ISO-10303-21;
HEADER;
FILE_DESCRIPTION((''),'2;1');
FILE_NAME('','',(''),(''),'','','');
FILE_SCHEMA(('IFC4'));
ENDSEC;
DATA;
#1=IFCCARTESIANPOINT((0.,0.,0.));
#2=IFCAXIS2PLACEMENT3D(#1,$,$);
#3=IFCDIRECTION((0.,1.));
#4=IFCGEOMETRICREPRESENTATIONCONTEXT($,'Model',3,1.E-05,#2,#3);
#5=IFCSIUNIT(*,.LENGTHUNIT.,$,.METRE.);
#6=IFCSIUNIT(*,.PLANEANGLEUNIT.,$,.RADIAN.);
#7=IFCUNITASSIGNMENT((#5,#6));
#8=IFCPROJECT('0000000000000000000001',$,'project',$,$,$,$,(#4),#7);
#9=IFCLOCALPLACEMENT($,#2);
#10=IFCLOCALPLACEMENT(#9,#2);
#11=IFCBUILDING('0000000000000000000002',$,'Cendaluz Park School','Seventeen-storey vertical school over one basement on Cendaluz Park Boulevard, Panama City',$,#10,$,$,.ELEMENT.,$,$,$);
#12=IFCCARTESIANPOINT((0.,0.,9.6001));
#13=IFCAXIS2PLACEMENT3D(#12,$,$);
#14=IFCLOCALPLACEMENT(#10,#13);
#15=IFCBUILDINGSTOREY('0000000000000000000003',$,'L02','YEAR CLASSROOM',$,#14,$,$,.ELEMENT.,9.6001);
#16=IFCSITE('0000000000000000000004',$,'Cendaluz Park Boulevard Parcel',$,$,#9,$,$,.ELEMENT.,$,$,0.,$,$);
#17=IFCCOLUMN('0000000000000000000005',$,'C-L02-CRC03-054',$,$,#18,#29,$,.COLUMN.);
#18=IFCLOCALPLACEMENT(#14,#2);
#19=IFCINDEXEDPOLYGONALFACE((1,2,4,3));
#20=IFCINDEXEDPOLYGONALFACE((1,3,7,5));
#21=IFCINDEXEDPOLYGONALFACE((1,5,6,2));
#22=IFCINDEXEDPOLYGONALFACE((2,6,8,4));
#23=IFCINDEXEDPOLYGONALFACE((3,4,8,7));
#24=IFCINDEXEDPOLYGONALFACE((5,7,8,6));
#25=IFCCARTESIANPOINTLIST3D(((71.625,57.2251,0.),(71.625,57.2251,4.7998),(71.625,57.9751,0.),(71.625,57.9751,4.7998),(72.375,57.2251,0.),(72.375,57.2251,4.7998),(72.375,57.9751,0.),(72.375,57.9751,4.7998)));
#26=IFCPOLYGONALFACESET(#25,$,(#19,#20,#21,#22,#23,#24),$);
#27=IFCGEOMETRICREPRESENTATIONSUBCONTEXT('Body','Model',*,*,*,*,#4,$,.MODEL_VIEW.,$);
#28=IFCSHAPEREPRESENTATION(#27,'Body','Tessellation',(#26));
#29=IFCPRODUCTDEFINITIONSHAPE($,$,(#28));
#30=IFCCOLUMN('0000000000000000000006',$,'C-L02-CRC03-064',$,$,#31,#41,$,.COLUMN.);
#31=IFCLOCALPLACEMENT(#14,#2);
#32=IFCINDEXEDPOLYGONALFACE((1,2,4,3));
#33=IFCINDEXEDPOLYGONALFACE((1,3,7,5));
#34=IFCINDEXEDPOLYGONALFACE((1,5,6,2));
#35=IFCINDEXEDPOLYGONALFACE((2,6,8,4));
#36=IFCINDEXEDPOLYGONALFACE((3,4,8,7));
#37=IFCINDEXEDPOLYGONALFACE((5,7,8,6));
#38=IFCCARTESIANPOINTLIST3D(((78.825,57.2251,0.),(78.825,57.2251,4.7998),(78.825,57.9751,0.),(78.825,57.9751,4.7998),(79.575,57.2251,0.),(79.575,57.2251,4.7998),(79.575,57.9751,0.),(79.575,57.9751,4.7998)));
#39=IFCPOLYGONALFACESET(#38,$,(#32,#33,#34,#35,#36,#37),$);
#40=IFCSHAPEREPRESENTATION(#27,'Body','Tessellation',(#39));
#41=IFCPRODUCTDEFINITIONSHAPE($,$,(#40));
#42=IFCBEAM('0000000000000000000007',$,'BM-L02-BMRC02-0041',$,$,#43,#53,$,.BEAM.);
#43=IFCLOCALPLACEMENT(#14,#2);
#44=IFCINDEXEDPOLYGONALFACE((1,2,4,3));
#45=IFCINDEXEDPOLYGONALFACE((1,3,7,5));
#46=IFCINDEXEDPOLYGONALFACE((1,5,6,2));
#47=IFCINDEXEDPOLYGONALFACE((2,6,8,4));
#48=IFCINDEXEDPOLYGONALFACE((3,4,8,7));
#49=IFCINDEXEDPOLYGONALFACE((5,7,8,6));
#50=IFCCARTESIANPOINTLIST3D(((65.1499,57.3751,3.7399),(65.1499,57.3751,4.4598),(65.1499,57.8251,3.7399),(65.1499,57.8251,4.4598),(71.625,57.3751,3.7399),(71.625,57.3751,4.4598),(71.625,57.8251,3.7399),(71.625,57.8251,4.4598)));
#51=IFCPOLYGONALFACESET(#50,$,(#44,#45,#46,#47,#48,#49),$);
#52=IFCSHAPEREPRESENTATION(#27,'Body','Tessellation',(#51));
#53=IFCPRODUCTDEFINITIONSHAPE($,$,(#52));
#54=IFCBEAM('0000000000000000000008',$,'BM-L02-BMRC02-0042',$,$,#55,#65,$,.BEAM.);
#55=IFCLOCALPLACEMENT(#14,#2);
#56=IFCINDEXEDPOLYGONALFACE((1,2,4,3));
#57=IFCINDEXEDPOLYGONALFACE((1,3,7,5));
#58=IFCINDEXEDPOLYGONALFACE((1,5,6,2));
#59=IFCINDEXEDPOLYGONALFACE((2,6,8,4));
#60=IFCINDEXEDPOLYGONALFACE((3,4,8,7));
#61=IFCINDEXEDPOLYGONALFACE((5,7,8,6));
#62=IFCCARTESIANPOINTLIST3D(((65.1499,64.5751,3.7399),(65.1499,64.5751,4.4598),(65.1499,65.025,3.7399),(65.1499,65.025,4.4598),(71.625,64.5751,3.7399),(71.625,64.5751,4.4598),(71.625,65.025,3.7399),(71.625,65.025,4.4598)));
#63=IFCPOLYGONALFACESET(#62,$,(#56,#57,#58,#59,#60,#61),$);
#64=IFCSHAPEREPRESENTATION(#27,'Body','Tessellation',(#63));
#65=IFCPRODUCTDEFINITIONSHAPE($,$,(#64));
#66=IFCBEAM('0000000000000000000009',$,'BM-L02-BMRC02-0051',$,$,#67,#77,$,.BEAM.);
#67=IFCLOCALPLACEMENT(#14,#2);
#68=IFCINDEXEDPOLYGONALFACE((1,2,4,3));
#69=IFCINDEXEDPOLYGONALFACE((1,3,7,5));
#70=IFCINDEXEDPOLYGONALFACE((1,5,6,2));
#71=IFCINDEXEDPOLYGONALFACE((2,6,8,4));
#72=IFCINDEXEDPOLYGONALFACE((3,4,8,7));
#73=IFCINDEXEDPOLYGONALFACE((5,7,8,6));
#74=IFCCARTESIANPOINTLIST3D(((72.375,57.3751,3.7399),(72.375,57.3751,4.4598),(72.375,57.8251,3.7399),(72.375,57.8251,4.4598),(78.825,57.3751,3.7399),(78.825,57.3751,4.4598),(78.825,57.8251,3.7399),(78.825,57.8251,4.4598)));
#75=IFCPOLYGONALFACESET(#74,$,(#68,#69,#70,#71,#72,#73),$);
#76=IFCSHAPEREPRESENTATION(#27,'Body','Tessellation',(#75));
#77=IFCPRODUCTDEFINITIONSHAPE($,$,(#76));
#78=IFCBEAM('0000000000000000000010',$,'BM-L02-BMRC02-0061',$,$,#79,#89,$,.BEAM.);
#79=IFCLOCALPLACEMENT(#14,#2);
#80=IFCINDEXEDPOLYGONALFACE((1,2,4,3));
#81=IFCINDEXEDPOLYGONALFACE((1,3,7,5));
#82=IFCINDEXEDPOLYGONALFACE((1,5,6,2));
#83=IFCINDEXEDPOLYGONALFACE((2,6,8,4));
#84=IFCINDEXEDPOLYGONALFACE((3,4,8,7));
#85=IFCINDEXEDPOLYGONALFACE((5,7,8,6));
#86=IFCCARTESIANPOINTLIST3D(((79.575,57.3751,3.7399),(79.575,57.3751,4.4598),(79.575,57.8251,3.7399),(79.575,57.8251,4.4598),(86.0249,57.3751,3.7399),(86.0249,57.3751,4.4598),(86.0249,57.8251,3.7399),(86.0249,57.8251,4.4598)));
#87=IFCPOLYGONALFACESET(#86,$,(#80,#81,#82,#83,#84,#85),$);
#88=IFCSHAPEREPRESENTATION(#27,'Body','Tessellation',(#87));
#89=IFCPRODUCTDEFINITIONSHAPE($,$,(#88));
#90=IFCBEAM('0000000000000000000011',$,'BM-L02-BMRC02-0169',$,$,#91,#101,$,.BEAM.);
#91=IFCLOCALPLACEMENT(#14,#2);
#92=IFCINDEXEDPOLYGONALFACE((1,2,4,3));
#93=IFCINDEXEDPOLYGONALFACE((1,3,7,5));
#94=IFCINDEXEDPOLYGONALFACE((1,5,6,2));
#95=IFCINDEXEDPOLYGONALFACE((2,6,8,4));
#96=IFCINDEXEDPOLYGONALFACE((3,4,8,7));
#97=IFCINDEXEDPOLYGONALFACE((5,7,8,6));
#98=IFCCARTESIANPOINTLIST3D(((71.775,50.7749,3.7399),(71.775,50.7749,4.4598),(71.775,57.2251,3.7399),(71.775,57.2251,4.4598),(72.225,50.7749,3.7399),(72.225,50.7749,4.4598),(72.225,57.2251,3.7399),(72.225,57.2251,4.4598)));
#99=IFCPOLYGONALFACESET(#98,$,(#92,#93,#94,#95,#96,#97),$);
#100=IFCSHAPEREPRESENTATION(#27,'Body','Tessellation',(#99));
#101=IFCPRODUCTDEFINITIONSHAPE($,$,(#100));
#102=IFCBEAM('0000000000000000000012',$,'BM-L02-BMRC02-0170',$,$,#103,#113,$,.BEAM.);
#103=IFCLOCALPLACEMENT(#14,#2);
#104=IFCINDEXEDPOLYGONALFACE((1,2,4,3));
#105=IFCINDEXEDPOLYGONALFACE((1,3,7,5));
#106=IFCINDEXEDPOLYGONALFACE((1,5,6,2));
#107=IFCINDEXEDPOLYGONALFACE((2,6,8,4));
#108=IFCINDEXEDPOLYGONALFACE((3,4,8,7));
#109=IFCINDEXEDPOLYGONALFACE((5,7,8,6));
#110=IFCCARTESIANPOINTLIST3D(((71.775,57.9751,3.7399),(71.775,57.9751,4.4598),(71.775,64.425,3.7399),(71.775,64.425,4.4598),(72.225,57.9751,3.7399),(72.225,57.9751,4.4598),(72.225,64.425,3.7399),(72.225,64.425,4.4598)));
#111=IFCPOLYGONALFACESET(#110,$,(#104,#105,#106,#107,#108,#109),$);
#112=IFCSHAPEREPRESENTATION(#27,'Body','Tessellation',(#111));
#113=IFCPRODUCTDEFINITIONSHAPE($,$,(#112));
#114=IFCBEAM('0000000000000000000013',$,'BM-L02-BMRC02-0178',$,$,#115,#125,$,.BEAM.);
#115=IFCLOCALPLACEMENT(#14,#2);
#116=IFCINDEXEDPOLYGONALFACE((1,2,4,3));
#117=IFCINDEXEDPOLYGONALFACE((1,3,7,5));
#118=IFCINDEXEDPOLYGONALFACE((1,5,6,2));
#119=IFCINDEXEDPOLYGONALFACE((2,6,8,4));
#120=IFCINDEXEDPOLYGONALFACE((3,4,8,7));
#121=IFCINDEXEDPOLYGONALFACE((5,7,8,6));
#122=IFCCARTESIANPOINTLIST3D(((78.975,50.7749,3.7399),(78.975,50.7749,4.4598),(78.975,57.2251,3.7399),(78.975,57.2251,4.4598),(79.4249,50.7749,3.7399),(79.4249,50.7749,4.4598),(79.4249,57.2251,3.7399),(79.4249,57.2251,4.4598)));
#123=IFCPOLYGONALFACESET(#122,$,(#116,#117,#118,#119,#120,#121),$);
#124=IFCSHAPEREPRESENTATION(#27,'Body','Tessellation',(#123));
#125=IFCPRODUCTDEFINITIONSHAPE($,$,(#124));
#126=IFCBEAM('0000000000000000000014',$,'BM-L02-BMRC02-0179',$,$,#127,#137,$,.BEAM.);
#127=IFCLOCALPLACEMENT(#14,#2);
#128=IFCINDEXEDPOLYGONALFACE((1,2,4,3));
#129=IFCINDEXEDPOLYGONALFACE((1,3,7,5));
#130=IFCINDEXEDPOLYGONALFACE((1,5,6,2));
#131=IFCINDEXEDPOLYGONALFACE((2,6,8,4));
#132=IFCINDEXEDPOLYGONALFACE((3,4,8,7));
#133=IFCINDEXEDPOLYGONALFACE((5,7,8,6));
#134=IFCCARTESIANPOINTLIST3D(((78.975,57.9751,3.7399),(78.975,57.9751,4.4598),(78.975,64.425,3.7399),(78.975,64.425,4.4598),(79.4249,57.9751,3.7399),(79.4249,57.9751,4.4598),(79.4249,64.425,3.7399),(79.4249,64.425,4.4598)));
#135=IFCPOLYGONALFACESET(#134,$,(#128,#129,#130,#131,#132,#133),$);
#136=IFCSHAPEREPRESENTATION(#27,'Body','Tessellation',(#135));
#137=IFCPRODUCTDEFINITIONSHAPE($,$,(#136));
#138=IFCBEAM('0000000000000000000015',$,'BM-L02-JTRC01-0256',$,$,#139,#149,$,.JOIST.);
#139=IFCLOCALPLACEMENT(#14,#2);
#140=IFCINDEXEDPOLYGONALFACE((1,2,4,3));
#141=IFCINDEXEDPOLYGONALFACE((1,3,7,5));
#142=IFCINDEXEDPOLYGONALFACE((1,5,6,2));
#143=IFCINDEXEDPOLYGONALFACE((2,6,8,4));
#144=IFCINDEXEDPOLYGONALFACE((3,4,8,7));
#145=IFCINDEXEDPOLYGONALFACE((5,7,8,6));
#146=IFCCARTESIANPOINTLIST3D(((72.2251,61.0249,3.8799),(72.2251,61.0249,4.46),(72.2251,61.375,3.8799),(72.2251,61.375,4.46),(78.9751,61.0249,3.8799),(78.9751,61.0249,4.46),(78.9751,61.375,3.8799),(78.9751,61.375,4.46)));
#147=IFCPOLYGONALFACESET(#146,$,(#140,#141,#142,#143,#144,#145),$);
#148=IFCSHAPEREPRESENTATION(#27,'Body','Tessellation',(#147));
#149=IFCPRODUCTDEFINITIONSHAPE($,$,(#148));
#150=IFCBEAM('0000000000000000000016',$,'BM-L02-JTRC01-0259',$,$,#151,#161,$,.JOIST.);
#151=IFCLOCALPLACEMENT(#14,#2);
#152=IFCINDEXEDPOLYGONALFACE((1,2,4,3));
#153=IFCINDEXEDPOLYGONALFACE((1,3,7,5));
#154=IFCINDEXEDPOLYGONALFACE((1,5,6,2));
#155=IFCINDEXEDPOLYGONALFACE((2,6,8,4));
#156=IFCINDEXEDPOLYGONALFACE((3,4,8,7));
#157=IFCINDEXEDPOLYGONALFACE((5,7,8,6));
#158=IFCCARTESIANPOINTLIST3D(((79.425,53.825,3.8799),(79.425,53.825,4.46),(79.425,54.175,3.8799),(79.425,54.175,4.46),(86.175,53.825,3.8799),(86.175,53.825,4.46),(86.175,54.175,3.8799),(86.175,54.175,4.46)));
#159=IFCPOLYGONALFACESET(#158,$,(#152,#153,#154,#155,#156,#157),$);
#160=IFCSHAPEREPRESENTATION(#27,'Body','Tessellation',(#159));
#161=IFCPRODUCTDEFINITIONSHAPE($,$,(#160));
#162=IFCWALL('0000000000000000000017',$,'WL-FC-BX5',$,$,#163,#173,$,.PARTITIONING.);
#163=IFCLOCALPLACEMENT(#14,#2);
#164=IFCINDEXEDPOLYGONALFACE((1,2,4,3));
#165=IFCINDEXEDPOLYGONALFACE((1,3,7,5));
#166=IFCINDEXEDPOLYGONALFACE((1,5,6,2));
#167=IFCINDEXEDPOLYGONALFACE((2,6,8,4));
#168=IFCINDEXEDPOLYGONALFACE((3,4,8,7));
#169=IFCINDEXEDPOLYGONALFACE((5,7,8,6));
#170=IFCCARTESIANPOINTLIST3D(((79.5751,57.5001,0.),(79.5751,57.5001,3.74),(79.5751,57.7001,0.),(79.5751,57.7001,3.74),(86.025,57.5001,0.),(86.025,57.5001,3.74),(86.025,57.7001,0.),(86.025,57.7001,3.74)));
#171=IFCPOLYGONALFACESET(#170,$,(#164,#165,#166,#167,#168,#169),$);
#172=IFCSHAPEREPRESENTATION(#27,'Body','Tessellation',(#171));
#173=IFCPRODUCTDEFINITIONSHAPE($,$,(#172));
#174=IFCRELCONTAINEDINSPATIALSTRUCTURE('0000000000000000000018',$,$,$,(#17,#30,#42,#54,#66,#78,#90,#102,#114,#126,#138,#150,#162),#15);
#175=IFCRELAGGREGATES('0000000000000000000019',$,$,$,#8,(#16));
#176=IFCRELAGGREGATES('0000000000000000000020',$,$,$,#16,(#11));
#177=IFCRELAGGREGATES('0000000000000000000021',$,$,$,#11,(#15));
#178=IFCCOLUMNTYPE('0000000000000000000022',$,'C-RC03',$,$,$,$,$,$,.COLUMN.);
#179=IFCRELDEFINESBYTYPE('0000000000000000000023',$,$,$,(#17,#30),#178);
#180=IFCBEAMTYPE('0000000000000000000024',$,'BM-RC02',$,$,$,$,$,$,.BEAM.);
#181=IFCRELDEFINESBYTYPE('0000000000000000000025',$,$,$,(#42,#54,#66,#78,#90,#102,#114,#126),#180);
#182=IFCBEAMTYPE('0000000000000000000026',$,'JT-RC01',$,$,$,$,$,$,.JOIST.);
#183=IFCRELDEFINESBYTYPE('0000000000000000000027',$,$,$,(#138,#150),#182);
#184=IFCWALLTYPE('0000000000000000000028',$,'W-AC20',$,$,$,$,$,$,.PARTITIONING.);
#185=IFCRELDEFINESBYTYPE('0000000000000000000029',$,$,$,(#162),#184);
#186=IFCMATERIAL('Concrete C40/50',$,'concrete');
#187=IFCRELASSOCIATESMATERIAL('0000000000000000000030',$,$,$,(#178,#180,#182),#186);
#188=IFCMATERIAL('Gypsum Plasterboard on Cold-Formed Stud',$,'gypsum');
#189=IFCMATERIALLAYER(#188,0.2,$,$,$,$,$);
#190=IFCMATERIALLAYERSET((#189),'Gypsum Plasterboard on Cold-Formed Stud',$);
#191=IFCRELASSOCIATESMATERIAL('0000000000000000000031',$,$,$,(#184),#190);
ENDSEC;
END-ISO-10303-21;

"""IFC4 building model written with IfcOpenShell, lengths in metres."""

from ifc_helpers import new_model, si_unit, direction, frame, frame_2d, origin, origin_2d, place, context, subcontext, project, spatial, rectangle, extrude, material, layer, layer_set, material_profile, profile_set, type_object, element, save


model = new_model("IFC4")

# Units and contexts
model_context = context("Model", 3, precision=1e-05, world=origin(), true_north=direction((0.0, 1.0)))
body_context = subcontext(model_context, "Body", "Model", "MODEL_VIEW")
ifc_project = project(units=[si_unit("LENGTHUNIT", "METRE"), si_unit("PLANEANGLEUNIT", "RADIAN")], contexts=[model_context])

# Site, building, storey
site_placement = place(None, origin())
site = spatial("IfcSite", under=ifc_project, at=site_placement, Name="Cendaluz Park Boulevard Parcel", CompositionType="ELEMENT", RefElevation=0.0)
building_placement = place(site_placement, origin())
building = spatial("IfcBuilding", under=site, at=building_placement, Name="Cendaluz Park School", Description="Seventeen-storey vertical school over one basement on Cendaluz Park Boulevard, Panama City", CompositionType="ELEMENT")
storey_placement = place(building_placement, frame((0.0, 0.0, 9.6001)))
storey = spatial("IfcBuildingStorey", under=building, at=storey_placement, Name="L02", Description="YEAR CLASSROOM", CompositionType="ELEMENT", Elevation=9.6001)

# Columns
ifc_material_1 = material(Name="Concrete C40/50", Category="concrete")
ifc_material_profile_1 = material_profile(ifc_material_1, rectangle(XDim=0.75, YDim=0.75, at=origin_2d()), Name="RC 750x750", Category="concrete")
ifc_profile_set_1 = profile_set([ifc_material_profile_1], Name="Concrete C40/50")
column_type = type_object("IfcColumnType", Name="C-RC03", PredefinedType="COLUMN", material=ifc_profile_set_1)
for number, where, z_axis, x_axis, name in (
    (1, (72.0, 57.6001, 0.0), (0.0, 0.0, 1.0), (1.0, 0.0, 0.0), "C-L02-CRC03-054"),
    (2, (79.2, 57.6001, 0.0), (0.0, 0.0, 1.0), (1.0, 0.0, 0.0), "C-L02-CRC03-064"),
):
    element("IfcColumn", number, at=place(storey_placement, frame(where, z_axis=z_axis, x_axis=x_axis)), inside=storey, type_object=column_type, Name=name, PredefinedType="COLUMN", context=body_context, shape_type="SweptSolid", body=[
        extrude(rectangle(XDim=0.75, YDim=0.75, at=origin_2d()), origin(), (0.0, 0.0, 1.0), 4.7998),
    ])

# Beams
ifc_material_profile_2 = material_profile(ifc_material_1, rectangle(XDim=0.45, YDim=0.72, at=origin_2d()), Name="RC 450x720", Category="concrete")
ifc_profile_set_2 = profile_set([ifc_material_profile_2], Name="Concrete C40/50")
beam_type_1 = type_object("IfcBeamType", Name="BM-RC02", PredefinedType="BEAM", material=ifc_profile_set_2)
for number, where, z_axis, x_axis, name in (
    (3, (65.1499, 57.6001, 4.0999), (1.0, 0.0, 0.0), (0.0, 1.0, 0.0), "BM-L02-BMRC02-0041"),
    (4, (65.1499, 64.8, 4.0999), (1.0, 0.0, 0.0), (0.0, 1.0, 0.0), "BM-L02-BMRC02-0042"),
):
    element("IfcBeam", number, at=place(storey_placement, frame(where, z_axis=z_axis, x_axis=x_axis)), inside=storey, type_object=beam_type_1, Name=name, PredefinedType="BEAM", context=body_context, shape_type="SweptSolid", body=[
        extrude(rectangle(XDim=0.45, YDim=0.72, at=origin_2d()), origin(), (0.0, 0.0, 1.0), 6.4751),
    ])
for number, where, z_axis, x_axis, name in (
    (5, (72.375, 57.6001, 4.0999), (1.0, 0.0, 0.0), (0.0, 1.0, 0.0), "BM-L02-BMRC02-0051"),
    (6, (79.575, 57.6001, 4.0999), (1.0, 0.0, 0.0), (0.0, 1.0, 0.0), "BM-L02-BMRC02-0061"),
):
    element("IfcBeam", number, at=place(storey_placement, frame(where, z_axis=z_axis, x_axis=x_axis)), inside=storey, type_object=beam_type_1, Name=name, PredefinedType="BEAM", context=body_context, shape_type="SweptSolid", body=[
        extrude(rectangle(XDim=0.45, YDim=0.72, at=origin_2d()), origin(), (0.0, 0.0, 1.0), 6.45),
    ])
beam_1_placement = place(storey_placement, frame((72.0, 50.7749, 4.0999), z_axis=(0.0, 1.0, 0.0), x_axis=(-1.0, 0.0, 0.0)))
element("IfcBeam", 7, at=beam_1_placement, inside=storey, type_object=beam_type_1, Name="BM-L02-BMRC02-0169", PredefinedType="BEAM", context=body_context, shape_type="SweptSolid", body=[
    extrude(rectangle(XDim=0.45, YDim=0.72, at=origin_2d()), origin(), (0.0, 0.0, 1.0), 6.4502),
])
beam_2_placement = place(storey_placement, frame((72.0, 57.9751, 4.0999), z_axis=(0.0, 1.0, 0.0), x_axis=(-1.0, 0.0, 0.0)))
element("IfcBeam", 8, at=beam_2_placement, inside=storey, type_object=beam_type_1, Name="BM-L02-BMRC02-0170", PredefinedType="BEAM", context=body_context, shape_type="SweptSolid", body=[
    extrude(rectangle(XDim=0.45, YDim=0.72, at=origin_2d()), origin(), (0.0, 0.0, 1.0), 6.45),
])
beam_3_placement = place(storey_placement, frame((79.2, 50.7749, 4.0999), z_axis=(0.0, 1.0, 0.0), x_axis=(-1.0, 0.0, 0.0)))
element("IfcBeam", 9, at=beam_3_placement, inside=storey, type_object=beam_type_1, Name="BM-L02-BMRC02-0178", PredefinedType="BEAM", context=body_context, shape_type="SweptSolid", body=[
    extrude(rectangle(XDim=0.45, YDim=0.72, at=origin_2d()), origin(), (0.0, 0.0, 1.0), 6.4502),
])
beam_4_placement = place(storey_placement, frame((79.2, 57.9751, 4.0999), z_axis=(0.0, 1.0, 0.0), x_axis=(-1.0, 0.0, 0.0)))
element("IfcBeam", 10, at=beam_4_placement, inside=storey, type_object=beam_type_1, Name="BM-L02-BMRC02-0179", PredefinedType="BEAM", context=body_context, shape_type="SweptSolid", body=[
    extrude(rectangle(XDim=0.45, YDim=0.72, at=origin_2d()), origin(), (0.0, 0.0, 1.0), 6.45),
])
ifc_material_profile_3 = material_profile(ifc_material_1, rectangle(XDim=0.3501, YDim=0.5801, at=origin_2d()), Name="RC 350x580", Category="concrete")
ifc_profile_set_3 = profile_set([ifc_material_profile_3], Name="Concrete C40/50")
beam_type_2 = type_object("IfcBeamType", Name="JT-RC01", PredefinedType="JOIST", material=ifc_profile_set_3)
for number, where, z_axis, x_axis, name in (
    (11, (72.2251, 61.2, 4.1699), (1.0, 0.0, 0.0), (0.0, 1.0, 0.0), "BM-L02-JTRC01-0256"),
    (12, (79.425, 54.0, 4.1699), (1.0, 0.0, 0.0), (0.0, 1.0, 0.0), "BM-L02-JTRC01-0259"),
):
    element("IfcBeam", number, at=place(storey_placement, frame(where, z_axis=z_axis, x_axis=x_axis)), inside=storey, type_object=beam_type_2, Name=name, PredefinedType="JOIST", context=body_context, shape_type="SweptSolid", body=[
        extrude(rectangle(XDim=0.3501, YDim=0.5801, at=origin_2d()), origin(), (0.0, 0.0, 1.0), 6.75),
    ])

# Wall
ifc_material_2 = material(Name="Gypsum Plasterboard on Cold-Formed Stud", Category="gypsum")
ifc_layer_1 = layer(ifc_material_2, 0.2)
ifc_layer_set_1 = layer_set([ifc_layer_1], Name="Gypsum Plasterboard on Cold-Formed Stud")
wall_type_1 = type_object("IfcWallType", Name="W-AC20", PredefinedType="PARTITIONING", material=ifc_layer_set_1)
wall_1_placement = place(storey_placement, frame((79.575, 57.6001, 0.0), z_axis=(0.0, 0.0, 1.0), x_axis=(1.0, 0.0, 0.0)))
element("IfcWall", 13, at=wall_1_placement, inside=storey, type_object=wall_type_1, Name="WL-FC-BX5", PredefinedType="PARTITIONING", context=body_context, shape_type="SweptSolid", body=[
    extrude(rectangle(XDim=6.45, YDim=0.2, at=frame_2d((3.2251, 0.0))), origin(), (0.0, 0.0, 1.0), 3.74),
])

save(model, "model.ifc")
